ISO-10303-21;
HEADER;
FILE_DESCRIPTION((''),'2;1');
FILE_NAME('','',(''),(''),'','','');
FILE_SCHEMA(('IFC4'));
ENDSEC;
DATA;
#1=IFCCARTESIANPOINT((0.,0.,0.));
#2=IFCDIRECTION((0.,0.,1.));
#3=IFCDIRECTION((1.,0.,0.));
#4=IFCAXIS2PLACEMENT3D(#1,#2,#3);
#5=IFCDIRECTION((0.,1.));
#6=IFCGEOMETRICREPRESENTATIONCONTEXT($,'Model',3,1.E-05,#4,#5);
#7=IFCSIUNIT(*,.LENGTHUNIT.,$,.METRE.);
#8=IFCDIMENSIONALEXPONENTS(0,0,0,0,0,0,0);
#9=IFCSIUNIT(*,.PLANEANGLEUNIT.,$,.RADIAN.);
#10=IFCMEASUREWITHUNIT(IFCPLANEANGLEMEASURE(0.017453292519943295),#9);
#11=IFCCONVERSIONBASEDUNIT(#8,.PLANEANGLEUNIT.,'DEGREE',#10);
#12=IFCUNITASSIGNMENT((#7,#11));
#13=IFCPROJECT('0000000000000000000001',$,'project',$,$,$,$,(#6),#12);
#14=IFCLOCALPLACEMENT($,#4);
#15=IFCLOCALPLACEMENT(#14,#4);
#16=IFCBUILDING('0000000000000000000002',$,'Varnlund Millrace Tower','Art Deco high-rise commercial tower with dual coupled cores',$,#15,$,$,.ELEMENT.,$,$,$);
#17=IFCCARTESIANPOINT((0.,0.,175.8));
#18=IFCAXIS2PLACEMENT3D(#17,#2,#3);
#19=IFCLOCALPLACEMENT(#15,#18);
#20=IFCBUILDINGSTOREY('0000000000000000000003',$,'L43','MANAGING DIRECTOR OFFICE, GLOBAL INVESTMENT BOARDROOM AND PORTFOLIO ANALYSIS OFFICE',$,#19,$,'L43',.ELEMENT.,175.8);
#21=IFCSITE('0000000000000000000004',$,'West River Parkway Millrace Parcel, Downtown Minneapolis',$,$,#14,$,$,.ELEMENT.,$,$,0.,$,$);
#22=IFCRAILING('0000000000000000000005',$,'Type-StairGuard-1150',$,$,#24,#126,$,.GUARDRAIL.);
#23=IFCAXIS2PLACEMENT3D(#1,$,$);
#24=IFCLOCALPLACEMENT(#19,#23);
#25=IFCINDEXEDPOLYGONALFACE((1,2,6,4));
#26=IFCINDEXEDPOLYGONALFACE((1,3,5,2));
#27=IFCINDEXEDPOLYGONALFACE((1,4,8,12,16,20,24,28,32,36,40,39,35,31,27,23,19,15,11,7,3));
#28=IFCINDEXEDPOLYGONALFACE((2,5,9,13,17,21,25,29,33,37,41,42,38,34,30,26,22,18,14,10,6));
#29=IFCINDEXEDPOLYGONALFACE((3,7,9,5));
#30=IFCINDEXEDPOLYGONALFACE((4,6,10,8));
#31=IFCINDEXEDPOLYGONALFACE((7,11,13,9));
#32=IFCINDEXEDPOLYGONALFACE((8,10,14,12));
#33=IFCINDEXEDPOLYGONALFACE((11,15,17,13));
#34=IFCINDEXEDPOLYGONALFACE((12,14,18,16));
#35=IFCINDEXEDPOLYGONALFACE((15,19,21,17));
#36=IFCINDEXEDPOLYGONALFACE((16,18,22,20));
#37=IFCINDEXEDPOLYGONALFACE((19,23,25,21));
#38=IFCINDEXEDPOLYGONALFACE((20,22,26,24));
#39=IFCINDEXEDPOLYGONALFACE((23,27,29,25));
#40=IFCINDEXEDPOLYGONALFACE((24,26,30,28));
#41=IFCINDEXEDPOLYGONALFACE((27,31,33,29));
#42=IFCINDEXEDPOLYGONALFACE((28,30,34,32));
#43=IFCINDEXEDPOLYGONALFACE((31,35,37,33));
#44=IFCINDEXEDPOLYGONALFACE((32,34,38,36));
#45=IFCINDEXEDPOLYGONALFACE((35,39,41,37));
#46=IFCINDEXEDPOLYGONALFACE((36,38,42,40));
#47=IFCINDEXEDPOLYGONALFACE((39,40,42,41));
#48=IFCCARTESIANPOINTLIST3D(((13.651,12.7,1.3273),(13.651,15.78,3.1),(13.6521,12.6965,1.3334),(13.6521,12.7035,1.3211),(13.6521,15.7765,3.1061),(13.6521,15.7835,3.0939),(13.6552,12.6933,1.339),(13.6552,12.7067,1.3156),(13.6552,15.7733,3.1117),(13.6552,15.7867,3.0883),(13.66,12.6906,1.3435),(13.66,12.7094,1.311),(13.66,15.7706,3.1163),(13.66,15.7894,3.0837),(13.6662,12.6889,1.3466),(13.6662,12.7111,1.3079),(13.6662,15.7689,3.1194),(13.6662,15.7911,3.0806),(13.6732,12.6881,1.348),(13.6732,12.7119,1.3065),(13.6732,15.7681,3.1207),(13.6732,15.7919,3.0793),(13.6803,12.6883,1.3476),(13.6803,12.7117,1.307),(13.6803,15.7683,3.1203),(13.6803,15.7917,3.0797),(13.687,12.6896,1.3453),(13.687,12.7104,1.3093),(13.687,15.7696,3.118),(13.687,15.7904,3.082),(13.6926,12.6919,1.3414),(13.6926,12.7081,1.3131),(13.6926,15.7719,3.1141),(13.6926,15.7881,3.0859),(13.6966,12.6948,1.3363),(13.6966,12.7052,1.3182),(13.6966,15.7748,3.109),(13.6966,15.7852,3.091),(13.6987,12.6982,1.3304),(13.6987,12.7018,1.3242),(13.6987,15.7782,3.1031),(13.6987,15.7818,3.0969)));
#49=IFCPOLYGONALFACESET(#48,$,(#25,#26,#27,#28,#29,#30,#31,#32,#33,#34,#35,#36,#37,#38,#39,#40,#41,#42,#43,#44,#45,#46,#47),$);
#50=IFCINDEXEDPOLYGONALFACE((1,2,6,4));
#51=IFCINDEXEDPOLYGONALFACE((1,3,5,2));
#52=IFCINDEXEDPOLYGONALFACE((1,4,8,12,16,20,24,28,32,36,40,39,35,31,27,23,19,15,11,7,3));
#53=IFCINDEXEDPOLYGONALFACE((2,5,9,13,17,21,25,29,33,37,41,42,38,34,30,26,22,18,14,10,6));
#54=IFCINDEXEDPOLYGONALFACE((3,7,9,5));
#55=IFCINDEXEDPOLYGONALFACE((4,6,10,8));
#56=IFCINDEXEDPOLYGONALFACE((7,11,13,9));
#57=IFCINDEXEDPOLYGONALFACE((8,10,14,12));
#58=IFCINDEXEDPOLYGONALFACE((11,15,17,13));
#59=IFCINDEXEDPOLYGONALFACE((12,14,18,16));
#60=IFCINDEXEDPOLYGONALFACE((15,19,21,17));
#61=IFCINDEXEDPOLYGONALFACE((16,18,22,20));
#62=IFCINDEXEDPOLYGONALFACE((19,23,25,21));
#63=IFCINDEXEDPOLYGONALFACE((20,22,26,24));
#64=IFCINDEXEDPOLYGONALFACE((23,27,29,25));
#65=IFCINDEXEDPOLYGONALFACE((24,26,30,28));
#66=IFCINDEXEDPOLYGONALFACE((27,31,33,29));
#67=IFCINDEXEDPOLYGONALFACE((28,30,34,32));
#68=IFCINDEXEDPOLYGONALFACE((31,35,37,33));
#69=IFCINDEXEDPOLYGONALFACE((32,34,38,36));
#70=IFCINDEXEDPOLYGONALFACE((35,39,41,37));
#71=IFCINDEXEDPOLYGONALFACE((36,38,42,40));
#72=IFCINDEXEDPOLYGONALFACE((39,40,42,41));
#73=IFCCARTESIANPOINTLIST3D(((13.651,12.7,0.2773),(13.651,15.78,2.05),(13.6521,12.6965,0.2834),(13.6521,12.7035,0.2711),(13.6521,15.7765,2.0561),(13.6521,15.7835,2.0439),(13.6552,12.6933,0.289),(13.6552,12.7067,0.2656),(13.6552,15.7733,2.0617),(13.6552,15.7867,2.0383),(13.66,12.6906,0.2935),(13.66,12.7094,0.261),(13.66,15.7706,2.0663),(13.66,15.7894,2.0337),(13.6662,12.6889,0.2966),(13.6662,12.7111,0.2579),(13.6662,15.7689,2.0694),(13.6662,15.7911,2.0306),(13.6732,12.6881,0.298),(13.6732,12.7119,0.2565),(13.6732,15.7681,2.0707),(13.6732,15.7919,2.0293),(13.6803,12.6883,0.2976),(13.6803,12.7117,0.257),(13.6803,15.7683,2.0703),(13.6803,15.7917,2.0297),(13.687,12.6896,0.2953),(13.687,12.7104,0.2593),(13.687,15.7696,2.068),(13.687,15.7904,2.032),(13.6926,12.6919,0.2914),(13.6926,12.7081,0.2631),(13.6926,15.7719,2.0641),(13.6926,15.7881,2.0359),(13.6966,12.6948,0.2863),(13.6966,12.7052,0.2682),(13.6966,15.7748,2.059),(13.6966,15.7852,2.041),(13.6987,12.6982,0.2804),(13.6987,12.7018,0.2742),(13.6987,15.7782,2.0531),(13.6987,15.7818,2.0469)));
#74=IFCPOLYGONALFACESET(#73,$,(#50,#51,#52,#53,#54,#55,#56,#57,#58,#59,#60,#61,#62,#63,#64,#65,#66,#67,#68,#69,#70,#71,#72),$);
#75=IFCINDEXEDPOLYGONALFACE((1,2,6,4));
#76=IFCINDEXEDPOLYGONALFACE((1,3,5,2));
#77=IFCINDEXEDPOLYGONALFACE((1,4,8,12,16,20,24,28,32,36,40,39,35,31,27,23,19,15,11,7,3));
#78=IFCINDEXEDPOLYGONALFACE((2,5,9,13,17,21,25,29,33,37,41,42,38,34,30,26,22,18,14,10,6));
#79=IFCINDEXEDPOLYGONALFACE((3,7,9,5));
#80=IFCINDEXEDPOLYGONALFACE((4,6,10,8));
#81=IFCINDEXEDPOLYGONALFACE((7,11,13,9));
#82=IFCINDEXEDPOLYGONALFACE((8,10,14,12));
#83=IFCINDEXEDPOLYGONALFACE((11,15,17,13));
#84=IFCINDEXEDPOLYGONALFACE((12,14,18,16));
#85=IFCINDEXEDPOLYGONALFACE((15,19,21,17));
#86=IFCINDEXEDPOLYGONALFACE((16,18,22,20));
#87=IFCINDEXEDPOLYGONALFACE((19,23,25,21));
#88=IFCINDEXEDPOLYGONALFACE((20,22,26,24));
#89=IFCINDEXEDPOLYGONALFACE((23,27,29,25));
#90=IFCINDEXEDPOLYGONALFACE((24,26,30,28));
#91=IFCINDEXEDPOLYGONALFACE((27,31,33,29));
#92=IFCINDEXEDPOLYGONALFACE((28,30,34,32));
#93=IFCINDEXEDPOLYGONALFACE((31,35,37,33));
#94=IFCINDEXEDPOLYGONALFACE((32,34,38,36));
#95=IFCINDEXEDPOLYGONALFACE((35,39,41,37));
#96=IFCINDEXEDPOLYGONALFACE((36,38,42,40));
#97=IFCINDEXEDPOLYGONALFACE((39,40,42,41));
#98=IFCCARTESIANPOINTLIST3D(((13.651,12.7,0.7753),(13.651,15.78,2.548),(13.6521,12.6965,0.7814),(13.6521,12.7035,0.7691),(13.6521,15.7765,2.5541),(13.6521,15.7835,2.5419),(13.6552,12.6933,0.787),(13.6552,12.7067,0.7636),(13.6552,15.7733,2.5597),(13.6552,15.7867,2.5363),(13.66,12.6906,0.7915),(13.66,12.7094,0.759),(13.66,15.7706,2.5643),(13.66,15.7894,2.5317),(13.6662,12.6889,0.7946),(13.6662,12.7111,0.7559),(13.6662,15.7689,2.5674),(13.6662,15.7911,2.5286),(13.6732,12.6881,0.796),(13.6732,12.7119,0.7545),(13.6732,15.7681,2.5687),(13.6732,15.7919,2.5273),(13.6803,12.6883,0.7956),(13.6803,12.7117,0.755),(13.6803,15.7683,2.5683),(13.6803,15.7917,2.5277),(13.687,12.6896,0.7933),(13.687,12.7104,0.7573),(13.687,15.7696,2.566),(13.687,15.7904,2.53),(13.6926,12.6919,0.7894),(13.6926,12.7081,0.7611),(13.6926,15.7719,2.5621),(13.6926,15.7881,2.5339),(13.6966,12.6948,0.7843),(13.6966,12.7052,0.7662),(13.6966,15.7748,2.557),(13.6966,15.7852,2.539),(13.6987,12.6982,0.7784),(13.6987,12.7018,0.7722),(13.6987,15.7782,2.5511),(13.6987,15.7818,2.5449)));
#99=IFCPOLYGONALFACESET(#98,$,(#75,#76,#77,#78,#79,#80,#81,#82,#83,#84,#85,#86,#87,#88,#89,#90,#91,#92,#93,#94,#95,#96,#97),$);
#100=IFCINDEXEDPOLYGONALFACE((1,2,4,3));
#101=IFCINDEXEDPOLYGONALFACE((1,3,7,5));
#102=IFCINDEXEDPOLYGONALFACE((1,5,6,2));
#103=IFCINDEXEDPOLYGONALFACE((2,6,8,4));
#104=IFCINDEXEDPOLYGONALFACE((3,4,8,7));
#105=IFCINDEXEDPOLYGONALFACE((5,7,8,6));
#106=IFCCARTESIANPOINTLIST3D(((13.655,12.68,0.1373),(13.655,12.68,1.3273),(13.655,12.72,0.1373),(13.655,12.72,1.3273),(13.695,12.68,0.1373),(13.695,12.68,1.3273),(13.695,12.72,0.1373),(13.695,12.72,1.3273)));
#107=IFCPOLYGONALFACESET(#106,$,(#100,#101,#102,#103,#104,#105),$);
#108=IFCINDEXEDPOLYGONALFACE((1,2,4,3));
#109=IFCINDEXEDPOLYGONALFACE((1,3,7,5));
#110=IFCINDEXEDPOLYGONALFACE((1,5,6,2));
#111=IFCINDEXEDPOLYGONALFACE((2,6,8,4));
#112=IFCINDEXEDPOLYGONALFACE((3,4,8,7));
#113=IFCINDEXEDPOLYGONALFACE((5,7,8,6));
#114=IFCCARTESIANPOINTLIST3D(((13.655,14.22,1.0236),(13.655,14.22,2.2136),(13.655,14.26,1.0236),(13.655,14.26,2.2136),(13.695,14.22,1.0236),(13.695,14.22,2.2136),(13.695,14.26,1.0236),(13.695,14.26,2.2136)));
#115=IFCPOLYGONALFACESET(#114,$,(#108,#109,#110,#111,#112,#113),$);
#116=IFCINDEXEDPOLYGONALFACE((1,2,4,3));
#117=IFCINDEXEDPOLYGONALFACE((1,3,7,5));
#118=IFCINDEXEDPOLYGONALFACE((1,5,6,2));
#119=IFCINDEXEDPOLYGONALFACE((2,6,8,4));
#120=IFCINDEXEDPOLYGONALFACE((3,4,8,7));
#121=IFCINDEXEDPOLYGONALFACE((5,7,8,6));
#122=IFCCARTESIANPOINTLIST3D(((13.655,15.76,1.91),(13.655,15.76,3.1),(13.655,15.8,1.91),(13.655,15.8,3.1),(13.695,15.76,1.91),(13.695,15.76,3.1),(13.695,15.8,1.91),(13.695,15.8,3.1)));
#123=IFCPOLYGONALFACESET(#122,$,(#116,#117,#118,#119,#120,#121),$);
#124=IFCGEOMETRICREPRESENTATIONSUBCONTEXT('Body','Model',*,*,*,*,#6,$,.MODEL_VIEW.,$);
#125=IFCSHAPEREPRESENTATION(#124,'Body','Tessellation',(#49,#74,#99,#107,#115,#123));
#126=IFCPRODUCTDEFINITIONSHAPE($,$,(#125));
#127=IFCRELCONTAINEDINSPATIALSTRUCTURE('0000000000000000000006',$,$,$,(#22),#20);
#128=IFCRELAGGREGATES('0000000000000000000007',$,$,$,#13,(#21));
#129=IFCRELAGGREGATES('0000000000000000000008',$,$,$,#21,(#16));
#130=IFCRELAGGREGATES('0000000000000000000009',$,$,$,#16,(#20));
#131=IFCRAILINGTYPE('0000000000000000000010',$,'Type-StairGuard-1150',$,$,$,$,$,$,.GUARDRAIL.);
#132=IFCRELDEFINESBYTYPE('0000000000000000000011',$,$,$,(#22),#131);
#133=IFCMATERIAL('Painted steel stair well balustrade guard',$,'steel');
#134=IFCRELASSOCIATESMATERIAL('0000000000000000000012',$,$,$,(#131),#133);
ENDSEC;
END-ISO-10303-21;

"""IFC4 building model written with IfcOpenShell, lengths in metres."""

from ifc_helpers import new_model, entity, si_unit, converted_unit, direction, frame, origin_with_axes, origin_2d_with_axis, place, context, subcontext, project, spatial, rectangle, circle, extrude, material, type_object, element, save


model = new_model("IFC4")

# Units and contexts
model_context = context("Model", 3, precision=1e-05, world=origin_with_axes(), true_north=direction((0.0, 1.0)))
body_context = subcontext(model_context, "Body", "Model", "MODEL_VIEW")
ifc_project = project(units=[si_unit("LENGTHUNIT", "METRE"), converted_unit("PLANEANGLEUNIT", "DEGREE", entity("IfcPlaneAngleMeasure", 0.017453292519943295), si_unit("PLANEANGLEUNIT", "RADIAN"), dimensions=[0, 0, 0, 0, 0, 0, 0])], contexts=[model_context])

# Site, building, storey
site_placement = place(None, origin_with_axes())
site = spatial("IfcSite", under=ifc_project, at=site_placement, Name="West River Parkway Millrace Parcel, Downtown Minneapolis", CompositionType="ELEMENT", RefElevation=0.0)
building_placement = place(site_placement, origin_with_axes())
building = spatial("IfcBuilding", under=site, at=building_placement, Name="Varnlund Millrace Tower", Description="Art Deco high-rise commercial tower with dual coupled cores", CompositionType="ELEMENT")
storey_placement = place(building_placement, frame((0.0, 0.0, 175.8), z_axis=(0.0, 0.0, 1.0), x_axis=(1.0, 0.0, 0.0)))
storey = spatial("IfcBuildingStorey", under=building, at=storey_placement, Name="L43", Description="MANAGING DIRECTOR OFFICE, GLOBAL INVESTMENT BOARDROOM AND PORTFOLIO ANALYSIS OFFICE", LongName="L43", CompositionType="ELEMENT", Elevation=175.8)

# Railing
ifc_material_1 = material(Name="Painted steel stair well balustrade guard", Category="steel")
railing_type_1 = type_object("IfcRailingType", Name="Type-StairGuard-1150", PredefinedType="GUARDRAIL", material=ifc_material_1)
railing_1_placement = place(storey_placement, frame((0.0, 0.0, -175.8), z_axis=(0.0, 0.0, 1.0), x_axis=(1.0, 0.0, 0.0)))
element("IfcRailing", 1, at=railing_1_placement, inside=storey, type_object=railing_type_1, Name="Type-StairGuard-1150", PredefinedType="GUARDRAIL", context=body_context, shape_type="SweptSolid", body=[
    extrude(circle(Radius=0.024, at=origin_2d_with_axis()), frame((13.675, 12.7, 177.1273), z_axis=(0.0, 0.866696, 0.498836), x_axis=(-1.0, 0.0, 0.0)), (0.0, 0.0, 1.0), 3.5537),
    extrude(circle(Radius=0.024, at=origin_2d_with_axis()), frame((13.675, 12.7, 176.0773), z_axis=(0.0, 0.866696, 0.498836), x_axis=(-1.0, 0.0, 0.0)), (0.0, 0.0, 1.0), 3.5537),
    extrude(circle(Radius=0.024, at=origin_2d_with_axis()), frame((13.675, 12.7, 176.5753), z_axis=(0.0, 0.866696, 0.498836), x_axis=(-1.0, 0.0, 0.0)), (0.0, 0.0, 1.0), 3.5537),
    extrude(rectangle(XDim=0.04, YDim=0.04, at=origin_2d_with_axis()), frame((13.675, 12.7, 175.9373), z_axis=(0.0, 0.0, 1.0), x_axis=(1.0, 0.0, 0.0)), (0.0, 0.0, 1.0), 1.19),
    extrude(rectangle(XDim=0.04, YDim=0.04, at=origin_2d_with_axis()), frame((13.675, 14.24, 176.8236), z_axis=(0.0, 0.0, 1.0), x_axis=(1.0, 0.0, 0.0)), (0.0, 0.0, 1.0), 1.19),
    extrude(rectangle(XDim=0.04, YDim=0.04, at=origin_2d_with_axis()), frame((13.675, 15.78, 177.71), z_axis=(0.0, 0.0, 1.0), x_axis=(1.0, 0.0, 0.0)), (0.0, 0.0, 1.0), 1.19),
])

save(model, "model.ifc")
